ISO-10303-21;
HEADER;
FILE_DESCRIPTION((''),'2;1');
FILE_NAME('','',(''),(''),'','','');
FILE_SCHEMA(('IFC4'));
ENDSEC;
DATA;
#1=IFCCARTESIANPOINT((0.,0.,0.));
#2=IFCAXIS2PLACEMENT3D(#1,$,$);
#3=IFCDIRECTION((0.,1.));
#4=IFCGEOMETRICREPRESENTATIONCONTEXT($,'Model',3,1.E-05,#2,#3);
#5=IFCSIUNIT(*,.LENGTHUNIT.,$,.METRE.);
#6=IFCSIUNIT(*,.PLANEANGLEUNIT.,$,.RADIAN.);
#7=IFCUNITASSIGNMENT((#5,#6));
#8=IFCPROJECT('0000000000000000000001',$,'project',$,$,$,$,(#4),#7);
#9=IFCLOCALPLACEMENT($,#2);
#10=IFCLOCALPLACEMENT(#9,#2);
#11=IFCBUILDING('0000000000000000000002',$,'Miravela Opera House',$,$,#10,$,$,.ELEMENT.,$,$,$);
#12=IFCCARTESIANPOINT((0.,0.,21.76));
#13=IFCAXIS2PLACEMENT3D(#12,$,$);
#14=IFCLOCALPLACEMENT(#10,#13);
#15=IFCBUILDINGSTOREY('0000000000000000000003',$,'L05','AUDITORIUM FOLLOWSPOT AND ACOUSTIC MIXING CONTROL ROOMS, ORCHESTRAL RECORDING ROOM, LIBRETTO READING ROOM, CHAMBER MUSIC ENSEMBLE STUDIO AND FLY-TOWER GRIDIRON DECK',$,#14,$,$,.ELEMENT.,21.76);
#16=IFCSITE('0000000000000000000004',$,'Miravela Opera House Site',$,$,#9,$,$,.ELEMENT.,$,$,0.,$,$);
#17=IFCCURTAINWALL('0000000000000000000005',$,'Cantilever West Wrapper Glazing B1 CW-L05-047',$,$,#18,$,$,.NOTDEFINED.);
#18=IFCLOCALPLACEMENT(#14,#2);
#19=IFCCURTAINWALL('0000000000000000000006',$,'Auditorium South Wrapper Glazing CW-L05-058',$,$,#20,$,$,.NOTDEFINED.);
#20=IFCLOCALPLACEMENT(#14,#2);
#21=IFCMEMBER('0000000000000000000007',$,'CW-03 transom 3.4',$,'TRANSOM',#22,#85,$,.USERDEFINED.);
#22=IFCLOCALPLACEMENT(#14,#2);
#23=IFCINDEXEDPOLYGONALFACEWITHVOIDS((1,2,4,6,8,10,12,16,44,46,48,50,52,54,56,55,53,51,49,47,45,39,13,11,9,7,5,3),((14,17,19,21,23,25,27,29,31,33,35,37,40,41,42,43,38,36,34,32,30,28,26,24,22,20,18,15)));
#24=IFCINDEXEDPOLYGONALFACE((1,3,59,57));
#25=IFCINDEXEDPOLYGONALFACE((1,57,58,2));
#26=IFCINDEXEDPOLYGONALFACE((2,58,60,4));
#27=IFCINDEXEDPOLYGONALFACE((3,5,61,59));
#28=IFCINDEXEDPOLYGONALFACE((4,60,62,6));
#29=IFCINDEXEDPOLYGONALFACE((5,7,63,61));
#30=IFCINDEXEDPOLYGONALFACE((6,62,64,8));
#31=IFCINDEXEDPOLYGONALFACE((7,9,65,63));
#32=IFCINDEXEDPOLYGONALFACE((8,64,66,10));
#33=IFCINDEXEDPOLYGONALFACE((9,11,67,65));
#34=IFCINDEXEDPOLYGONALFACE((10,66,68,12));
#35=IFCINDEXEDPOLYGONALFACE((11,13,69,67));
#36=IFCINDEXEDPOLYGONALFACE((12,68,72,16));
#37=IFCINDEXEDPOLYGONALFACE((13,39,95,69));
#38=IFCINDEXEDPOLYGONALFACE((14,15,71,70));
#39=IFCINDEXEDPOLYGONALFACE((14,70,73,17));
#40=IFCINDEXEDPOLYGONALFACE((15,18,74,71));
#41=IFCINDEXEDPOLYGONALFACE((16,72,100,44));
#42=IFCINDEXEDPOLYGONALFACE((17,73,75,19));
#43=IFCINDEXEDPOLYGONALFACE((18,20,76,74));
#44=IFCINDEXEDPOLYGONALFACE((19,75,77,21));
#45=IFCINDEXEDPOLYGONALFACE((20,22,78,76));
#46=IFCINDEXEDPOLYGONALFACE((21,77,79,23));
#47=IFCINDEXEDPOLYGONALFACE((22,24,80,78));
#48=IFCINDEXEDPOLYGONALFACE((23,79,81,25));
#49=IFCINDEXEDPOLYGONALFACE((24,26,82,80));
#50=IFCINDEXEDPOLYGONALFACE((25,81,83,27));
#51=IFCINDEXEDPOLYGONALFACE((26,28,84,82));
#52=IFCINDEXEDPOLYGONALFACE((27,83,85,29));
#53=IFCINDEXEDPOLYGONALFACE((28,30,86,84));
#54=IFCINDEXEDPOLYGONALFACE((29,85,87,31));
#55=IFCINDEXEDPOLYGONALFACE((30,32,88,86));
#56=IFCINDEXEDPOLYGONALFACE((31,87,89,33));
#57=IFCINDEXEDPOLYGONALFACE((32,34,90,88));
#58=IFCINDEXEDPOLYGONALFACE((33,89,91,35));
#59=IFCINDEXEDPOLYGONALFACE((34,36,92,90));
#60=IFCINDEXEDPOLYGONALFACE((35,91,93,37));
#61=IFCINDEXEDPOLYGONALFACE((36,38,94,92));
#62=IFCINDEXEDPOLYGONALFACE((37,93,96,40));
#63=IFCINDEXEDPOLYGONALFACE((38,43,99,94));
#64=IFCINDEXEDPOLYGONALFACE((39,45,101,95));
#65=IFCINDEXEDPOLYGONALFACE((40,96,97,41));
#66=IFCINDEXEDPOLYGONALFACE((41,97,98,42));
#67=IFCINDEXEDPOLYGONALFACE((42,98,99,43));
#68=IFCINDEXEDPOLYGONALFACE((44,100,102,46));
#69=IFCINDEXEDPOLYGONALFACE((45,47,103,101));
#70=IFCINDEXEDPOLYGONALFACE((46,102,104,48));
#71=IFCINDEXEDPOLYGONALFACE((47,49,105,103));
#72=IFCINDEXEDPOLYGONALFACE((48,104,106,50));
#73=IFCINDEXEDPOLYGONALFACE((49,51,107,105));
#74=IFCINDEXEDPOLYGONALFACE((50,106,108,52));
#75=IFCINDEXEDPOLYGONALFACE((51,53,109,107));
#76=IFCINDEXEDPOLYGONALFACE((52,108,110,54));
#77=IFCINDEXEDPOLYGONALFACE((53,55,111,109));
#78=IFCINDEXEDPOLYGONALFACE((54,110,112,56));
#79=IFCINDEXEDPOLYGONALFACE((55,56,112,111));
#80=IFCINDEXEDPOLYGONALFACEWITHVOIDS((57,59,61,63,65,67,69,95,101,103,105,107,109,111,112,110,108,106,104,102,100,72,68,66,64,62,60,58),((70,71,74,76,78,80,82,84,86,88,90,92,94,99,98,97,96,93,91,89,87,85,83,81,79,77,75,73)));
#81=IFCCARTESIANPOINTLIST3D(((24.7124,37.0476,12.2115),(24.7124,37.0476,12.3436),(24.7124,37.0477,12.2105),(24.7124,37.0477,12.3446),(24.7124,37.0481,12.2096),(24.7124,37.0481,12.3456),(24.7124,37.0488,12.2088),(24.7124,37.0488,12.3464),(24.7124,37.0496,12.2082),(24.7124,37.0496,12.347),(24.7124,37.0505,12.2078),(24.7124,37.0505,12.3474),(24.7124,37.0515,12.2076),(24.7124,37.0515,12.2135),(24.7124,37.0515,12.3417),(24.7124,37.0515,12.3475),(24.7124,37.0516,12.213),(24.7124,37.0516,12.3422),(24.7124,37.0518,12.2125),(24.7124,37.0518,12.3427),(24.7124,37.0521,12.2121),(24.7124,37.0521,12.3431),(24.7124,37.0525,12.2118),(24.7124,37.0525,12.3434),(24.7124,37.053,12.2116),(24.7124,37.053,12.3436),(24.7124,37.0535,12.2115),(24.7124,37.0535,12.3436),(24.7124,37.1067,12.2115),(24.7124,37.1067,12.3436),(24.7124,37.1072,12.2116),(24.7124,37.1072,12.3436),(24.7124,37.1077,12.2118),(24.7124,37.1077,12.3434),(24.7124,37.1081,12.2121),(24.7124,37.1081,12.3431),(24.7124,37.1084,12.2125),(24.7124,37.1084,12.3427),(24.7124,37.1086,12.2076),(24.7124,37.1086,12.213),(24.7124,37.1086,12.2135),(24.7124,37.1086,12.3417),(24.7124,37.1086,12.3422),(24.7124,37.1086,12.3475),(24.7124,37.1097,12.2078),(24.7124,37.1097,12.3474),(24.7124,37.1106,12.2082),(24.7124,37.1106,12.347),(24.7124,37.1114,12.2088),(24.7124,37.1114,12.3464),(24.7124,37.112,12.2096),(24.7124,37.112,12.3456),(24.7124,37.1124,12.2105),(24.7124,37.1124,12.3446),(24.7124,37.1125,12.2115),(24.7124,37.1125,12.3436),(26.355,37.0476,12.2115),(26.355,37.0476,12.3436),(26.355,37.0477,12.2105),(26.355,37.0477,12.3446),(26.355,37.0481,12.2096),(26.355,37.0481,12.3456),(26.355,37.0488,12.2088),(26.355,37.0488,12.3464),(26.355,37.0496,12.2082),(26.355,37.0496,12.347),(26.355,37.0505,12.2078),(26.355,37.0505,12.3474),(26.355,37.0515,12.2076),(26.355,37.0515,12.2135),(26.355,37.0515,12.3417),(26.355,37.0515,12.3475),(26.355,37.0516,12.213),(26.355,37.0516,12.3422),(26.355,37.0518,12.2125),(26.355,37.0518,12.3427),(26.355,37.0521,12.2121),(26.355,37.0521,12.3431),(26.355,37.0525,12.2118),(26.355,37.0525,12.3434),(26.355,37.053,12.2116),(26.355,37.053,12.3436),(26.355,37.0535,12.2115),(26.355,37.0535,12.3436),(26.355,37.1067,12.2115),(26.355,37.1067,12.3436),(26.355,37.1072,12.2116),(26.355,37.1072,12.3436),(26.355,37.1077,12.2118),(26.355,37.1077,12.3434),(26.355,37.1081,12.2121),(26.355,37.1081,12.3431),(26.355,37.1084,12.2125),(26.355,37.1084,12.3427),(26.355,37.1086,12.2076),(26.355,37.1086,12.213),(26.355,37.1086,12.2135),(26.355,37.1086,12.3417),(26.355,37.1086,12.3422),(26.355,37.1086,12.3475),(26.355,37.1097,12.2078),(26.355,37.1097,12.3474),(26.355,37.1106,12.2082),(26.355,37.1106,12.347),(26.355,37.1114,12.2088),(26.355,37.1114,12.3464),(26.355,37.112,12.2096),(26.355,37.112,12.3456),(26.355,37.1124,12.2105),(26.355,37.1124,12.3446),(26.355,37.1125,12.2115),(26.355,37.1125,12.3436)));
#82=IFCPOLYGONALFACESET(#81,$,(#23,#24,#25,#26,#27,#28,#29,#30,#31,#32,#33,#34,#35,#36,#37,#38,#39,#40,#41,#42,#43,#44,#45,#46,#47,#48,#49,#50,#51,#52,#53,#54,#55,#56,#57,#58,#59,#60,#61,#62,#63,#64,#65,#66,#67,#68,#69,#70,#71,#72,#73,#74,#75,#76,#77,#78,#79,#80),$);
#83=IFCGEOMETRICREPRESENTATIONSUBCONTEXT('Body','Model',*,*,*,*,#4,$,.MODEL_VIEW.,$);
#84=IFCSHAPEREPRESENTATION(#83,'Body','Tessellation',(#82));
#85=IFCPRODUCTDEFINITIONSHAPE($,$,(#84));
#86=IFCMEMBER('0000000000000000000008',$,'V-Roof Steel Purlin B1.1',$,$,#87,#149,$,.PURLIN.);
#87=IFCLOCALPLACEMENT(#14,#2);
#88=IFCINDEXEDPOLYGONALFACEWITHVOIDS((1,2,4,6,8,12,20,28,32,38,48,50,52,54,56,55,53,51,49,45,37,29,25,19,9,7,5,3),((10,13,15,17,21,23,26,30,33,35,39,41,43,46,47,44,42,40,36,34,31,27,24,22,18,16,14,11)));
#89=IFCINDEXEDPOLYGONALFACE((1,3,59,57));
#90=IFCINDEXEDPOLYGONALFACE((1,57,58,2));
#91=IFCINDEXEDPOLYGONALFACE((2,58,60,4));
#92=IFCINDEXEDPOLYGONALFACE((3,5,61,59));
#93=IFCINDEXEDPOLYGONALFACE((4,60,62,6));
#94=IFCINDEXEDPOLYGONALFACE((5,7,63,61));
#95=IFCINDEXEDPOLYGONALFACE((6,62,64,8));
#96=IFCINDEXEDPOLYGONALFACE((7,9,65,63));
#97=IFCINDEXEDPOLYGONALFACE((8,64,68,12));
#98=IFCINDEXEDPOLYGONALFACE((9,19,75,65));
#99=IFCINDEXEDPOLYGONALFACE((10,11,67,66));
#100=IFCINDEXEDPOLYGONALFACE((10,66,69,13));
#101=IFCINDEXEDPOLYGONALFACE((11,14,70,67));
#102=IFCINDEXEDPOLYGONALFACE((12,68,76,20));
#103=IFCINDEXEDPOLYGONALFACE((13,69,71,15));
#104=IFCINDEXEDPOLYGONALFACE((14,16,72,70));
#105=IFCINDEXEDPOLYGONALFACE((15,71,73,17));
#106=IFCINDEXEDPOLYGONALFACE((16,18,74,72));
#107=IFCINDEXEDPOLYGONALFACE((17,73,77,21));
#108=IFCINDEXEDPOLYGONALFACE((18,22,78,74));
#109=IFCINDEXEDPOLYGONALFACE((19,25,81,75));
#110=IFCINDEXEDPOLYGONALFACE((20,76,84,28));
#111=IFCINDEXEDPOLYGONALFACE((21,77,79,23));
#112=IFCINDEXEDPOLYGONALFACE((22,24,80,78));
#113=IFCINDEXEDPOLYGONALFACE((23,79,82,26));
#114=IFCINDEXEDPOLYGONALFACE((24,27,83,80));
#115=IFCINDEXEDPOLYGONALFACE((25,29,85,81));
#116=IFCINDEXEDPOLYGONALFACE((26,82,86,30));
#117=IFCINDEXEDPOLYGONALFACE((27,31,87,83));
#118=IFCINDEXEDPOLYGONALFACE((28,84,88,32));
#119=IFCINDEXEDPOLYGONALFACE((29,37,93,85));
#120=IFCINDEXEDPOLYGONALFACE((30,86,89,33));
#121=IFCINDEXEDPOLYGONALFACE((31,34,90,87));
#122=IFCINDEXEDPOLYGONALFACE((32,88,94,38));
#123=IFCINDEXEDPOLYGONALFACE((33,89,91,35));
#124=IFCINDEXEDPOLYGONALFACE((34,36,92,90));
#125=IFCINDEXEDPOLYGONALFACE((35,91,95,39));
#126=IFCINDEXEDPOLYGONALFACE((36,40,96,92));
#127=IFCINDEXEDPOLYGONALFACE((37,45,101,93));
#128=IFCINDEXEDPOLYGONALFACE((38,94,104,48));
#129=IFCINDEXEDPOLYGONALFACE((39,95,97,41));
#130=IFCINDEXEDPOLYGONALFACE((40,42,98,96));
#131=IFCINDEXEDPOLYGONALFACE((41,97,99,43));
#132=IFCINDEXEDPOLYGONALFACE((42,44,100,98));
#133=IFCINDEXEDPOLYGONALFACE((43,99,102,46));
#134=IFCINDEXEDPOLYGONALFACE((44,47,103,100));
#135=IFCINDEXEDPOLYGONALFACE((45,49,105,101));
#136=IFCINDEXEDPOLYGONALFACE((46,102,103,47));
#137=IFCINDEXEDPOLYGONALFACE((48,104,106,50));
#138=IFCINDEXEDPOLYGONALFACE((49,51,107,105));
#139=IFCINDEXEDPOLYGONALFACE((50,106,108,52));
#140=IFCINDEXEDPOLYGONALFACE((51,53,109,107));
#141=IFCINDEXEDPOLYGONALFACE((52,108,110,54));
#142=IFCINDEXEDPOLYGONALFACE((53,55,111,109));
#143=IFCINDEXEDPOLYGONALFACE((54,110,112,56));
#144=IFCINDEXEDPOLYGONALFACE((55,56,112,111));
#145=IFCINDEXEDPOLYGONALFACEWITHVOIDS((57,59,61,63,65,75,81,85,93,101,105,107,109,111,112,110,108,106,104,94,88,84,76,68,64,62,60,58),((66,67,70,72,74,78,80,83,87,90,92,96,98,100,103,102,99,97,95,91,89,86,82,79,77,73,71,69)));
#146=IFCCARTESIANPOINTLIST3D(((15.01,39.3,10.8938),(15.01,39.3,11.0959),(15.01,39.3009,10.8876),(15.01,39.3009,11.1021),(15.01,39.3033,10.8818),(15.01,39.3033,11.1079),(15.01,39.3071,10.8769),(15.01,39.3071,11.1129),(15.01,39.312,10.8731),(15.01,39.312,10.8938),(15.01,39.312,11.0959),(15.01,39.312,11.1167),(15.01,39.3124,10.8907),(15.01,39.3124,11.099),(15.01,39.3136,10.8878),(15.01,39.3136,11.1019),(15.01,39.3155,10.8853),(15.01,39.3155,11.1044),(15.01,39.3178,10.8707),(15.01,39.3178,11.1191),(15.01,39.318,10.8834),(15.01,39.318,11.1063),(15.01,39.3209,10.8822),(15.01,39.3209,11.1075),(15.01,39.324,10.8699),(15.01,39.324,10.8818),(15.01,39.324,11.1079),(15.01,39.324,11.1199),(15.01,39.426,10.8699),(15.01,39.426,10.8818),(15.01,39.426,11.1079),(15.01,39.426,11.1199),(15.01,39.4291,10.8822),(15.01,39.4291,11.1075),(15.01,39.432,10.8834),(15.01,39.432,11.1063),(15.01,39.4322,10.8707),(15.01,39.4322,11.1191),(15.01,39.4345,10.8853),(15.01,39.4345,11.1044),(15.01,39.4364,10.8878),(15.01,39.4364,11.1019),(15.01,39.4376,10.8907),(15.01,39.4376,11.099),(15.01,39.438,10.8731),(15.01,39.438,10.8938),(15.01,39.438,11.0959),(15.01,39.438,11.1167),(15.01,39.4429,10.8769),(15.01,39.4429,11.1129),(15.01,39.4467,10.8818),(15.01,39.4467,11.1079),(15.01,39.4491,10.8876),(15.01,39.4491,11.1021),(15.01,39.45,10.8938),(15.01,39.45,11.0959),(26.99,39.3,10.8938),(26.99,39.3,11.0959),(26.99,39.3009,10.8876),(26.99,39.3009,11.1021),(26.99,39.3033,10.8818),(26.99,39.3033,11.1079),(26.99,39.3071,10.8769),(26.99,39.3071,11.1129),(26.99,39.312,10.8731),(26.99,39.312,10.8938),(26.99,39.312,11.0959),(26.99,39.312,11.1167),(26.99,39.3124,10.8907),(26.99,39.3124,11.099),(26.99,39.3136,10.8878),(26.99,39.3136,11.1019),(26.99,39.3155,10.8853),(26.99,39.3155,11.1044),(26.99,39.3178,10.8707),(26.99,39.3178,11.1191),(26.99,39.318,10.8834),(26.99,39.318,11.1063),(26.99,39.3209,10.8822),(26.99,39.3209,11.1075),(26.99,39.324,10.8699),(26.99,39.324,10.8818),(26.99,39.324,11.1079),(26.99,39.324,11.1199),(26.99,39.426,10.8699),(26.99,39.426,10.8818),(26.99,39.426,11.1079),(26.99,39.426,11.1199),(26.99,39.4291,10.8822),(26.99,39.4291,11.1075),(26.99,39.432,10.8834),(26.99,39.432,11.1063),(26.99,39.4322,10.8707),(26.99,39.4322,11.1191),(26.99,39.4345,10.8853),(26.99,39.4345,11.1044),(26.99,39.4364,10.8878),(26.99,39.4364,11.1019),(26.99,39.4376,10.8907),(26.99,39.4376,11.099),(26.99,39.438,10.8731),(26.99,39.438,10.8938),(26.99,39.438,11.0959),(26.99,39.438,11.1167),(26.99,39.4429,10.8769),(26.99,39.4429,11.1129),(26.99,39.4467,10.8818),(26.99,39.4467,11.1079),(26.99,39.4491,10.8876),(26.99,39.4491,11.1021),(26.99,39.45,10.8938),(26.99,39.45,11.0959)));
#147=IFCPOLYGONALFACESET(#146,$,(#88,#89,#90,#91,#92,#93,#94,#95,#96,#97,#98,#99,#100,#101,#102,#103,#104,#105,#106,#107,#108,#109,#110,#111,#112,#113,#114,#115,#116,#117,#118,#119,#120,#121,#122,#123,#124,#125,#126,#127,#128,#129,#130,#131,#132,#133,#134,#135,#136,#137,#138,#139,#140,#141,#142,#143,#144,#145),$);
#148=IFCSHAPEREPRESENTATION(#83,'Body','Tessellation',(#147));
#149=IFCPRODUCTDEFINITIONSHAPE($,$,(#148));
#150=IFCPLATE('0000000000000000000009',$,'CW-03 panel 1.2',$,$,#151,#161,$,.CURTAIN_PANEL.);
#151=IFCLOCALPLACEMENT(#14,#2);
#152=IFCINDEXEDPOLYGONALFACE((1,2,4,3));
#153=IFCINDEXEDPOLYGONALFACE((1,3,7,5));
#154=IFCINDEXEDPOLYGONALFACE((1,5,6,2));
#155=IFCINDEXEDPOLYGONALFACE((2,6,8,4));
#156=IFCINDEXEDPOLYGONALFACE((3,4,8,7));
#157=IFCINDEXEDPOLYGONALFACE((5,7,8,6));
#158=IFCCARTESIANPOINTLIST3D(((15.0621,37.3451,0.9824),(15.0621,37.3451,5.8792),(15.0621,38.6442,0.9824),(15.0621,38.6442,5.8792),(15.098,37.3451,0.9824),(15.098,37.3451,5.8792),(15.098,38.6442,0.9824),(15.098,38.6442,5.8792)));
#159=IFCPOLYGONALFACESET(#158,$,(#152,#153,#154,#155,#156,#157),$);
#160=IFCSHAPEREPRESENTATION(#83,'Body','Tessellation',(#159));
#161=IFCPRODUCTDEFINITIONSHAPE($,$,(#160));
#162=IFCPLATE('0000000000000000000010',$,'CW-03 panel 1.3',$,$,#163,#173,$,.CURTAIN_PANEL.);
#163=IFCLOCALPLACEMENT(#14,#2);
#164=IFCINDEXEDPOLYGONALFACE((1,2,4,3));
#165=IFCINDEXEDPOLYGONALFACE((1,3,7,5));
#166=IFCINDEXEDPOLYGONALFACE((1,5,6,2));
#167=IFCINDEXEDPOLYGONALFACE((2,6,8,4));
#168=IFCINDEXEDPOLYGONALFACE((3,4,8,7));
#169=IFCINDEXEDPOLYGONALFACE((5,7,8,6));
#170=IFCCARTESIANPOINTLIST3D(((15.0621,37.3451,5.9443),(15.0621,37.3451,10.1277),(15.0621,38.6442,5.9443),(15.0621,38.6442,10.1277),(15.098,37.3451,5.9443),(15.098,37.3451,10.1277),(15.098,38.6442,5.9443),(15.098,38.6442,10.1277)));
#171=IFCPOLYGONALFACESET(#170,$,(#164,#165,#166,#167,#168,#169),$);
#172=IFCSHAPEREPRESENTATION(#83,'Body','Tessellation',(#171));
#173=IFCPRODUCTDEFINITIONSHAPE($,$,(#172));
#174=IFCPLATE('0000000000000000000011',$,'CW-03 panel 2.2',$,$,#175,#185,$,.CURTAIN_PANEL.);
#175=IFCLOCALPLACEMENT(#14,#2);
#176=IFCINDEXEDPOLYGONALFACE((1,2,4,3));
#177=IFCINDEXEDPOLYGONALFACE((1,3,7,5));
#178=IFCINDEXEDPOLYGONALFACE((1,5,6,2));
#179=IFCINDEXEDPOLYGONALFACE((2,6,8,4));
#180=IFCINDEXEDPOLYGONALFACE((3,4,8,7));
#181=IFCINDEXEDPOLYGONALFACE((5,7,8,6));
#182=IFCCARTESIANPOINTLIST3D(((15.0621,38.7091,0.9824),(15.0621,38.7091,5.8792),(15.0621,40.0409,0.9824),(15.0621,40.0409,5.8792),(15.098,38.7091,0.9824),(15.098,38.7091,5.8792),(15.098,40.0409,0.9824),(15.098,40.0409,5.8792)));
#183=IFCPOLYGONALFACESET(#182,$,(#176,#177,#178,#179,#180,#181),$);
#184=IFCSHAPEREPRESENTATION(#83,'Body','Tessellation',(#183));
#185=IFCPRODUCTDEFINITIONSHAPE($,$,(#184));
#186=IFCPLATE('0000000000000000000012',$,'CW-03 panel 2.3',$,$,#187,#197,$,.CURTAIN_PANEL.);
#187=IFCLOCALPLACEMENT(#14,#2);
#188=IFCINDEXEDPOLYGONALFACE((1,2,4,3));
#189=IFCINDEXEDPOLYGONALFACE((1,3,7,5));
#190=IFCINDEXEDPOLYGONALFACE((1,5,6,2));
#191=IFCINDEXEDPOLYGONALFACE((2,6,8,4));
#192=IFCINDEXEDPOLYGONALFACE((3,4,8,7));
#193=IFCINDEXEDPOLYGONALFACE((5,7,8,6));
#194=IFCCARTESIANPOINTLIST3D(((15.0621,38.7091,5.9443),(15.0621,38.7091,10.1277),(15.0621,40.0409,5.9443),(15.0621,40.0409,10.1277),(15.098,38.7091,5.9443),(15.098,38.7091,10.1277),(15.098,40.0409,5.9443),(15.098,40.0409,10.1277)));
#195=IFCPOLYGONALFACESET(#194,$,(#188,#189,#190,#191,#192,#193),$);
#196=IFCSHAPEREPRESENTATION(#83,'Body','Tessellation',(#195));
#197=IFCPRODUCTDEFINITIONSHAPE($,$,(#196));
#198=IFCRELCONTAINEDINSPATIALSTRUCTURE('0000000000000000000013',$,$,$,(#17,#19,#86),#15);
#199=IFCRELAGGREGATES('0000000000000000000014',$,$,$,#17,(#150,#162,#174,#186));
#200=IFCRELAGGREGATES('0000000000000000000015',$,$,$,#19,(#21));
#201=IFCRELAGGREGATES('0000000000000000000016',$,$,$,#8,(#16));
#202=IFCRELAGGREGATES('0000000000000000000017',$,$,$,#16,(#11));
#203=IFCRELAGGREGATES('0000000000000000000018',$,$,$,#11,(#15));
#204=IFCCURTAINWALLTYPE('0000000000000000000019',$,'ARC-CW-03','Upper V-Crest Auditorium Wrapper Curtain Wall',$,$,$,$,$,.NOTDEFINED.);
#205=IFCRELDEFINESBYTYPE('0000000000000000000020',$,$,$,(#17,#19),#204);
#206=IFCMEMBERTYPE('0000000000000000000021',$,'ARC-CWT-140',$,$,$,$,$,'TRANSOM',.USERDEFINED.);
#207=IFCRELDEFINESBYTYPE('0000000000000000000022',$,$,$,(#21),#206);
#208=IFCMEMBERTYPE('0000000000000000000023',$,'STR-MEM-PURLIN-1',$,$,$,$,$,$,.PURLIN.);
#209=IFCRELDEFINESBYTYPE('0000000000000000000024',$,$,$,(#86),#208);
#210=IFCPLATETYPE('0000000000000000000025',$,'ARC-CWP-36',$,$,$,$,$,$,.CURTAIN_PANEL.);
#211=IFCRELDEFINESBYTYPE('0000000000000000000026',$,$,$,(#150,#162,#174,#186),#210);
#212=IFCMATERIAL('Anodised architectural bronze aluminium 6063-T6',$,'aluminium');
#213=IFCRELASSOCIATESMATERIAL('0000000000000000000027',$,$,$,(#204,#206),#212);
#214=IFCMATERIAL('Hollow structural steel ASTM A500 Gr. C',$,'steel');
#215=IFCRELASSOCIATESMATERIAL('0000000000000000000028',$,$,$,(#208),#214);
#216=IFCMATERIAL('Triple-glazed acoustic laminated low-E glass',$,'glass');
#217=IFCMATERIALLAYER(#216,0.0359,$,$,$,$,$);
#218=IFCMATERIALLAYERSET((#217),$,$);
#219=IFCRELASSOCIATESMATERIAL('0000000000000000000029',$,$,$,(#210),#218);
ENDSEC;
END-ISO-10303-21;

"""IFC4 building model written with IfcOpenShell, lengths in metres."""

from ifc_helpers import new_model, si_unit, direction, frame, origin, origin_2d, place, context, subcontext, project, spatial, rectangle, hollow_rectangle, extrude, material, layer, layer_set, material_profile, profile_set, type_object, element, aggregate, save


model = new_model("IFC4")

# Units and contexts
model_context = context("Model", 3, precision=1e-05, world=origin(), true_north=direction((0.0, 1.0)))
body_context = subcontext(model_context, "Body", "Model", "MODEL_VIEW")
ifc_project = project(units=[si_unit("LENGTHUNIT", "METRE"), si_unit("PLANEANGLEUNIT", "RADIAN")], contexts=[model_context])

# Site, building, storey
site_placement = place(None, origin())
site = spatial("IfcSite", under=ifc_project, at=site_placement, Name="Miravela Opera House Site", CompositionType="ELEMENT", RefElevation=0.0)
building_placement = place(site_placement, origin())
building = spatial("IfcBuilding", under=site, at=building_placement, Name="Miravela Opera House", CompositionType="ELEMENT")
storey_placement = place(building_placement, frame((0.0, 0.0, 21.76)))
storey = spatial("IfcBuildingStorey", under=building, at=storey_placement, Name="L05", Description="AUDITORIUM FOLLOWSPOT AND ACOUSTIC MIXING CONTROL ROOMS, ORCHESTRAL RECORDING ROOM, LIBRETTO READING ROOM, CHAMBER MUSIC ENSEMBLE STUDIO AND FLY-TOWER GRIDIRON DECK", CompositionType="ELEMENT", Elevation=21.76)

# Curtain walls, member
ifc_material_1 = material(Name="Anodised architectural bronze aluminium 6063-T6", Category="aluminium")
curtain_wall_type = type_object("IfcCurtainWallType", Name="ARC-CW-03", Description="Upper V-Crest Auditorium Wrapper Curtain Wall", PredefinedType="NOTDEFINED", material=ifc_material_1)
curtain_wall_1_placement = place(storey_placement, origin())
curtain_wall_1 = element("IfcCurtainWall", 1, at=curtain_wall_1_placement, inside=storey, type_object=curtain_wall_type, Name="Cantilever West Wrapper Glazing B1 CW-L05-047", PredefinedType="NOTDEFINED")
ifc_material_profile_1 = material_profile(ifc_material_1, hollow_rectangle(XDim=0.0649, YDim=0.1399, WallThickness=0.0039, InnerFilletRadius=0.002, OuterFilletRadius=0.0039, at=origin_2d()), Name="CWT-65X140")
ifc_profile_set_1 = profile_set([ifc_material_profile_1])
member_type_1 = type_object("IfcMemberType", Name="ARC-CWT-140", ElementType="TRANSOM", PredefinedType="USERDEFINED", material=ifc_profile_set_1)
curtain_wall_2_placement = place(storey_placement, origin())
curtain_wall_2 = element("IfcCurtainWall", 2, at=curtain_wall_2_placement, inside=storey, type_object=curtain_wall_type, Name="Auditorium South Wrapper Glazing CW-L05-058", PredefinedType="NOTDEFINED")
member_1_placement = place(storey_placement, frame((24.7124, 37.0801, 12.2776), z_axis=(1.0, 0.0, 0.0), x_axis=(0.0, 1.0, 0.0)))
member_1 = element("IfcMember", 3, at=member_1_placement, type_object=member_type_1, Name="CW-03 transom 3.4", ObjectType="TRANSOM", PredefinedType="USERDEFINED", context=body_context, shape_type="SweptSolid", body=[
    extrude(hollow_rectangle(XDim=0.0649, YDim=0.1399, WallThickness=0.0039, InnerFilletRadius=0.002, OuterFilletRadius=0.0039, at=origin_2d()), origin(), (0.0, 0.0, 1.0), 1.6426),
])

# Member
ifc_material_2 = material(Name="Hollow structural steel ASTM A500 Gr. C", Category="steel")
ifc_material_profile_2 = material_profile(ifc_material_2, hollow_rectangle(XDim=0.1499, YDim=0.25, WallThickness=0.012, InnerFilletRadius=0.012, OuterFilletRadius=0.0239, at=origin_2d()), Name="HSS250X150X12")
ifc_profile_set_2 = profile_set([ifc_material_profile_2])
member_type_2 = type_object("IfcMemberType", Name="STR-MEM-PURLIN-1", PredefinedType="PURLIN", material=ifc_profile_set_2)
member_2_placement = place(storey_placement, frame((15.01, 39.375, 10.9949), z_axis=(1.0, 0.0, 0.0), x_axis=(0.0, 1.0, 0.0)))
element("IfcMember", 4, at=member_2_placement, inside=storey, type_object=member_type_2, Name="V-Roof Steel Purlin B1.1", PredefinedType="PURLIN", context=body_context, shape_type="SweptSolid", body=[
    extrude(hollow_rectangle(XDim=0.1499, YDim=0.25, WallThickness=0.012, InnerFilletRadius=0.012, OuterFilletRadius=0.0239, at=origin_2d()), origin(), (0.0, 0.0, 1.0), 11.98),
])

# Plates
ifc_material_3 = material(Name="Triple-glazed acoustic laminated low-E glass", Category="glass")
ifc_layer = layer(ifc_material_3, 0.0359)
ifc_layer_set = layer_set([ifc_layer])
plate_type = type_object("IfcPlateType", Name="ARC-CWP-36", PredefinedType="CURTAIN_PANEL", material=ifc_layer_set)
plate_1_placement = place(storey_placement, frame((15.0801, 37.9946, 0.9824), z_axis=(0.0, 0.0, 1.0), x_axis=(0.0, 1.0, 0.0)))
plate_1 = element("IfcPlate", 5, at=plate_1_placement, type_object=plate_type, Name="CW-03 panel 1.2", PredefinedType="CURTAIN_PANEL", context=body_context, shape_type="SweptSolid", body=[
    extrude(rectangle(XDim=1.2991, YDim=0.0359, at=origin_2d()), origin(), (0.0, 0.0, 1.0), 4.8967),
])
plate_2_placement = place(storey_placement, frame((15.0801, 37.9946, 5.9443), z_axis=(0.0, 0.0, 1.0), x_axis=(0.0, 1.0, 0.0)))
plate_2 = element("IfcPlate", 6, at=plate_2_placement, type_object=plate_type, Name="CW-03 panel 1.3", PredefinedType="CURTAIN_PANEL", context=body_context, shape_type="SweptSolid", body=[
    extrude(rectangle(XDim=1.2991, YDim=0.0359, at=origin_2d()), origin(), (0.0, 0.0, 1.0), 4.1833),
])
plate_3_placement = place(storey_placement, frame((15.0801, 39.375, 0.9824), z_axis=(0.0, 0.0, 1.0), x_axis=(0.0, 1.0, 0.0)))
plate_3 = element("IfcPlate", 7, at=plate_3_placement, type_object=plate_type, Name="CW-03 panel 2.2", PredefinedType="CURTAIN_PANEL", context=body_context, shape_type="SweptSolid", body=[
    extrude(rectangle(XDim=1.3318, YDim=0.0359, at=origin_2d()), origin(), (0.0, 0.0, 1.0), 4.8967),
])
plate_4_placement = place(storey_placement, frame((15.0801, 39.375, 5.9443), z_axis=(0.0, 0.0, 1.0), x_axis=(0.0, 1.0, 0.0)))
plate_4 = element("IfcPlate", 8, at=plate_4_placement, type_object=plate_type, Name="CW-03 panel 2.3", PredefinedType="CURTAIN_PANEL", context=body_context, shape_type="SweptSolid", body=[
    extrude(rectangle(XDim=1.3318, YDim=0.0359, at=origin_2d()), origin(), (0.0, 0.0, 1.0), 4.1833),
])
aggregate(curtain_wall_1, [plate_1, plate_2, plate_3, plate_4])
aggregate(curtain_wall_2, [member_1])

save(model, "model.ifc")
